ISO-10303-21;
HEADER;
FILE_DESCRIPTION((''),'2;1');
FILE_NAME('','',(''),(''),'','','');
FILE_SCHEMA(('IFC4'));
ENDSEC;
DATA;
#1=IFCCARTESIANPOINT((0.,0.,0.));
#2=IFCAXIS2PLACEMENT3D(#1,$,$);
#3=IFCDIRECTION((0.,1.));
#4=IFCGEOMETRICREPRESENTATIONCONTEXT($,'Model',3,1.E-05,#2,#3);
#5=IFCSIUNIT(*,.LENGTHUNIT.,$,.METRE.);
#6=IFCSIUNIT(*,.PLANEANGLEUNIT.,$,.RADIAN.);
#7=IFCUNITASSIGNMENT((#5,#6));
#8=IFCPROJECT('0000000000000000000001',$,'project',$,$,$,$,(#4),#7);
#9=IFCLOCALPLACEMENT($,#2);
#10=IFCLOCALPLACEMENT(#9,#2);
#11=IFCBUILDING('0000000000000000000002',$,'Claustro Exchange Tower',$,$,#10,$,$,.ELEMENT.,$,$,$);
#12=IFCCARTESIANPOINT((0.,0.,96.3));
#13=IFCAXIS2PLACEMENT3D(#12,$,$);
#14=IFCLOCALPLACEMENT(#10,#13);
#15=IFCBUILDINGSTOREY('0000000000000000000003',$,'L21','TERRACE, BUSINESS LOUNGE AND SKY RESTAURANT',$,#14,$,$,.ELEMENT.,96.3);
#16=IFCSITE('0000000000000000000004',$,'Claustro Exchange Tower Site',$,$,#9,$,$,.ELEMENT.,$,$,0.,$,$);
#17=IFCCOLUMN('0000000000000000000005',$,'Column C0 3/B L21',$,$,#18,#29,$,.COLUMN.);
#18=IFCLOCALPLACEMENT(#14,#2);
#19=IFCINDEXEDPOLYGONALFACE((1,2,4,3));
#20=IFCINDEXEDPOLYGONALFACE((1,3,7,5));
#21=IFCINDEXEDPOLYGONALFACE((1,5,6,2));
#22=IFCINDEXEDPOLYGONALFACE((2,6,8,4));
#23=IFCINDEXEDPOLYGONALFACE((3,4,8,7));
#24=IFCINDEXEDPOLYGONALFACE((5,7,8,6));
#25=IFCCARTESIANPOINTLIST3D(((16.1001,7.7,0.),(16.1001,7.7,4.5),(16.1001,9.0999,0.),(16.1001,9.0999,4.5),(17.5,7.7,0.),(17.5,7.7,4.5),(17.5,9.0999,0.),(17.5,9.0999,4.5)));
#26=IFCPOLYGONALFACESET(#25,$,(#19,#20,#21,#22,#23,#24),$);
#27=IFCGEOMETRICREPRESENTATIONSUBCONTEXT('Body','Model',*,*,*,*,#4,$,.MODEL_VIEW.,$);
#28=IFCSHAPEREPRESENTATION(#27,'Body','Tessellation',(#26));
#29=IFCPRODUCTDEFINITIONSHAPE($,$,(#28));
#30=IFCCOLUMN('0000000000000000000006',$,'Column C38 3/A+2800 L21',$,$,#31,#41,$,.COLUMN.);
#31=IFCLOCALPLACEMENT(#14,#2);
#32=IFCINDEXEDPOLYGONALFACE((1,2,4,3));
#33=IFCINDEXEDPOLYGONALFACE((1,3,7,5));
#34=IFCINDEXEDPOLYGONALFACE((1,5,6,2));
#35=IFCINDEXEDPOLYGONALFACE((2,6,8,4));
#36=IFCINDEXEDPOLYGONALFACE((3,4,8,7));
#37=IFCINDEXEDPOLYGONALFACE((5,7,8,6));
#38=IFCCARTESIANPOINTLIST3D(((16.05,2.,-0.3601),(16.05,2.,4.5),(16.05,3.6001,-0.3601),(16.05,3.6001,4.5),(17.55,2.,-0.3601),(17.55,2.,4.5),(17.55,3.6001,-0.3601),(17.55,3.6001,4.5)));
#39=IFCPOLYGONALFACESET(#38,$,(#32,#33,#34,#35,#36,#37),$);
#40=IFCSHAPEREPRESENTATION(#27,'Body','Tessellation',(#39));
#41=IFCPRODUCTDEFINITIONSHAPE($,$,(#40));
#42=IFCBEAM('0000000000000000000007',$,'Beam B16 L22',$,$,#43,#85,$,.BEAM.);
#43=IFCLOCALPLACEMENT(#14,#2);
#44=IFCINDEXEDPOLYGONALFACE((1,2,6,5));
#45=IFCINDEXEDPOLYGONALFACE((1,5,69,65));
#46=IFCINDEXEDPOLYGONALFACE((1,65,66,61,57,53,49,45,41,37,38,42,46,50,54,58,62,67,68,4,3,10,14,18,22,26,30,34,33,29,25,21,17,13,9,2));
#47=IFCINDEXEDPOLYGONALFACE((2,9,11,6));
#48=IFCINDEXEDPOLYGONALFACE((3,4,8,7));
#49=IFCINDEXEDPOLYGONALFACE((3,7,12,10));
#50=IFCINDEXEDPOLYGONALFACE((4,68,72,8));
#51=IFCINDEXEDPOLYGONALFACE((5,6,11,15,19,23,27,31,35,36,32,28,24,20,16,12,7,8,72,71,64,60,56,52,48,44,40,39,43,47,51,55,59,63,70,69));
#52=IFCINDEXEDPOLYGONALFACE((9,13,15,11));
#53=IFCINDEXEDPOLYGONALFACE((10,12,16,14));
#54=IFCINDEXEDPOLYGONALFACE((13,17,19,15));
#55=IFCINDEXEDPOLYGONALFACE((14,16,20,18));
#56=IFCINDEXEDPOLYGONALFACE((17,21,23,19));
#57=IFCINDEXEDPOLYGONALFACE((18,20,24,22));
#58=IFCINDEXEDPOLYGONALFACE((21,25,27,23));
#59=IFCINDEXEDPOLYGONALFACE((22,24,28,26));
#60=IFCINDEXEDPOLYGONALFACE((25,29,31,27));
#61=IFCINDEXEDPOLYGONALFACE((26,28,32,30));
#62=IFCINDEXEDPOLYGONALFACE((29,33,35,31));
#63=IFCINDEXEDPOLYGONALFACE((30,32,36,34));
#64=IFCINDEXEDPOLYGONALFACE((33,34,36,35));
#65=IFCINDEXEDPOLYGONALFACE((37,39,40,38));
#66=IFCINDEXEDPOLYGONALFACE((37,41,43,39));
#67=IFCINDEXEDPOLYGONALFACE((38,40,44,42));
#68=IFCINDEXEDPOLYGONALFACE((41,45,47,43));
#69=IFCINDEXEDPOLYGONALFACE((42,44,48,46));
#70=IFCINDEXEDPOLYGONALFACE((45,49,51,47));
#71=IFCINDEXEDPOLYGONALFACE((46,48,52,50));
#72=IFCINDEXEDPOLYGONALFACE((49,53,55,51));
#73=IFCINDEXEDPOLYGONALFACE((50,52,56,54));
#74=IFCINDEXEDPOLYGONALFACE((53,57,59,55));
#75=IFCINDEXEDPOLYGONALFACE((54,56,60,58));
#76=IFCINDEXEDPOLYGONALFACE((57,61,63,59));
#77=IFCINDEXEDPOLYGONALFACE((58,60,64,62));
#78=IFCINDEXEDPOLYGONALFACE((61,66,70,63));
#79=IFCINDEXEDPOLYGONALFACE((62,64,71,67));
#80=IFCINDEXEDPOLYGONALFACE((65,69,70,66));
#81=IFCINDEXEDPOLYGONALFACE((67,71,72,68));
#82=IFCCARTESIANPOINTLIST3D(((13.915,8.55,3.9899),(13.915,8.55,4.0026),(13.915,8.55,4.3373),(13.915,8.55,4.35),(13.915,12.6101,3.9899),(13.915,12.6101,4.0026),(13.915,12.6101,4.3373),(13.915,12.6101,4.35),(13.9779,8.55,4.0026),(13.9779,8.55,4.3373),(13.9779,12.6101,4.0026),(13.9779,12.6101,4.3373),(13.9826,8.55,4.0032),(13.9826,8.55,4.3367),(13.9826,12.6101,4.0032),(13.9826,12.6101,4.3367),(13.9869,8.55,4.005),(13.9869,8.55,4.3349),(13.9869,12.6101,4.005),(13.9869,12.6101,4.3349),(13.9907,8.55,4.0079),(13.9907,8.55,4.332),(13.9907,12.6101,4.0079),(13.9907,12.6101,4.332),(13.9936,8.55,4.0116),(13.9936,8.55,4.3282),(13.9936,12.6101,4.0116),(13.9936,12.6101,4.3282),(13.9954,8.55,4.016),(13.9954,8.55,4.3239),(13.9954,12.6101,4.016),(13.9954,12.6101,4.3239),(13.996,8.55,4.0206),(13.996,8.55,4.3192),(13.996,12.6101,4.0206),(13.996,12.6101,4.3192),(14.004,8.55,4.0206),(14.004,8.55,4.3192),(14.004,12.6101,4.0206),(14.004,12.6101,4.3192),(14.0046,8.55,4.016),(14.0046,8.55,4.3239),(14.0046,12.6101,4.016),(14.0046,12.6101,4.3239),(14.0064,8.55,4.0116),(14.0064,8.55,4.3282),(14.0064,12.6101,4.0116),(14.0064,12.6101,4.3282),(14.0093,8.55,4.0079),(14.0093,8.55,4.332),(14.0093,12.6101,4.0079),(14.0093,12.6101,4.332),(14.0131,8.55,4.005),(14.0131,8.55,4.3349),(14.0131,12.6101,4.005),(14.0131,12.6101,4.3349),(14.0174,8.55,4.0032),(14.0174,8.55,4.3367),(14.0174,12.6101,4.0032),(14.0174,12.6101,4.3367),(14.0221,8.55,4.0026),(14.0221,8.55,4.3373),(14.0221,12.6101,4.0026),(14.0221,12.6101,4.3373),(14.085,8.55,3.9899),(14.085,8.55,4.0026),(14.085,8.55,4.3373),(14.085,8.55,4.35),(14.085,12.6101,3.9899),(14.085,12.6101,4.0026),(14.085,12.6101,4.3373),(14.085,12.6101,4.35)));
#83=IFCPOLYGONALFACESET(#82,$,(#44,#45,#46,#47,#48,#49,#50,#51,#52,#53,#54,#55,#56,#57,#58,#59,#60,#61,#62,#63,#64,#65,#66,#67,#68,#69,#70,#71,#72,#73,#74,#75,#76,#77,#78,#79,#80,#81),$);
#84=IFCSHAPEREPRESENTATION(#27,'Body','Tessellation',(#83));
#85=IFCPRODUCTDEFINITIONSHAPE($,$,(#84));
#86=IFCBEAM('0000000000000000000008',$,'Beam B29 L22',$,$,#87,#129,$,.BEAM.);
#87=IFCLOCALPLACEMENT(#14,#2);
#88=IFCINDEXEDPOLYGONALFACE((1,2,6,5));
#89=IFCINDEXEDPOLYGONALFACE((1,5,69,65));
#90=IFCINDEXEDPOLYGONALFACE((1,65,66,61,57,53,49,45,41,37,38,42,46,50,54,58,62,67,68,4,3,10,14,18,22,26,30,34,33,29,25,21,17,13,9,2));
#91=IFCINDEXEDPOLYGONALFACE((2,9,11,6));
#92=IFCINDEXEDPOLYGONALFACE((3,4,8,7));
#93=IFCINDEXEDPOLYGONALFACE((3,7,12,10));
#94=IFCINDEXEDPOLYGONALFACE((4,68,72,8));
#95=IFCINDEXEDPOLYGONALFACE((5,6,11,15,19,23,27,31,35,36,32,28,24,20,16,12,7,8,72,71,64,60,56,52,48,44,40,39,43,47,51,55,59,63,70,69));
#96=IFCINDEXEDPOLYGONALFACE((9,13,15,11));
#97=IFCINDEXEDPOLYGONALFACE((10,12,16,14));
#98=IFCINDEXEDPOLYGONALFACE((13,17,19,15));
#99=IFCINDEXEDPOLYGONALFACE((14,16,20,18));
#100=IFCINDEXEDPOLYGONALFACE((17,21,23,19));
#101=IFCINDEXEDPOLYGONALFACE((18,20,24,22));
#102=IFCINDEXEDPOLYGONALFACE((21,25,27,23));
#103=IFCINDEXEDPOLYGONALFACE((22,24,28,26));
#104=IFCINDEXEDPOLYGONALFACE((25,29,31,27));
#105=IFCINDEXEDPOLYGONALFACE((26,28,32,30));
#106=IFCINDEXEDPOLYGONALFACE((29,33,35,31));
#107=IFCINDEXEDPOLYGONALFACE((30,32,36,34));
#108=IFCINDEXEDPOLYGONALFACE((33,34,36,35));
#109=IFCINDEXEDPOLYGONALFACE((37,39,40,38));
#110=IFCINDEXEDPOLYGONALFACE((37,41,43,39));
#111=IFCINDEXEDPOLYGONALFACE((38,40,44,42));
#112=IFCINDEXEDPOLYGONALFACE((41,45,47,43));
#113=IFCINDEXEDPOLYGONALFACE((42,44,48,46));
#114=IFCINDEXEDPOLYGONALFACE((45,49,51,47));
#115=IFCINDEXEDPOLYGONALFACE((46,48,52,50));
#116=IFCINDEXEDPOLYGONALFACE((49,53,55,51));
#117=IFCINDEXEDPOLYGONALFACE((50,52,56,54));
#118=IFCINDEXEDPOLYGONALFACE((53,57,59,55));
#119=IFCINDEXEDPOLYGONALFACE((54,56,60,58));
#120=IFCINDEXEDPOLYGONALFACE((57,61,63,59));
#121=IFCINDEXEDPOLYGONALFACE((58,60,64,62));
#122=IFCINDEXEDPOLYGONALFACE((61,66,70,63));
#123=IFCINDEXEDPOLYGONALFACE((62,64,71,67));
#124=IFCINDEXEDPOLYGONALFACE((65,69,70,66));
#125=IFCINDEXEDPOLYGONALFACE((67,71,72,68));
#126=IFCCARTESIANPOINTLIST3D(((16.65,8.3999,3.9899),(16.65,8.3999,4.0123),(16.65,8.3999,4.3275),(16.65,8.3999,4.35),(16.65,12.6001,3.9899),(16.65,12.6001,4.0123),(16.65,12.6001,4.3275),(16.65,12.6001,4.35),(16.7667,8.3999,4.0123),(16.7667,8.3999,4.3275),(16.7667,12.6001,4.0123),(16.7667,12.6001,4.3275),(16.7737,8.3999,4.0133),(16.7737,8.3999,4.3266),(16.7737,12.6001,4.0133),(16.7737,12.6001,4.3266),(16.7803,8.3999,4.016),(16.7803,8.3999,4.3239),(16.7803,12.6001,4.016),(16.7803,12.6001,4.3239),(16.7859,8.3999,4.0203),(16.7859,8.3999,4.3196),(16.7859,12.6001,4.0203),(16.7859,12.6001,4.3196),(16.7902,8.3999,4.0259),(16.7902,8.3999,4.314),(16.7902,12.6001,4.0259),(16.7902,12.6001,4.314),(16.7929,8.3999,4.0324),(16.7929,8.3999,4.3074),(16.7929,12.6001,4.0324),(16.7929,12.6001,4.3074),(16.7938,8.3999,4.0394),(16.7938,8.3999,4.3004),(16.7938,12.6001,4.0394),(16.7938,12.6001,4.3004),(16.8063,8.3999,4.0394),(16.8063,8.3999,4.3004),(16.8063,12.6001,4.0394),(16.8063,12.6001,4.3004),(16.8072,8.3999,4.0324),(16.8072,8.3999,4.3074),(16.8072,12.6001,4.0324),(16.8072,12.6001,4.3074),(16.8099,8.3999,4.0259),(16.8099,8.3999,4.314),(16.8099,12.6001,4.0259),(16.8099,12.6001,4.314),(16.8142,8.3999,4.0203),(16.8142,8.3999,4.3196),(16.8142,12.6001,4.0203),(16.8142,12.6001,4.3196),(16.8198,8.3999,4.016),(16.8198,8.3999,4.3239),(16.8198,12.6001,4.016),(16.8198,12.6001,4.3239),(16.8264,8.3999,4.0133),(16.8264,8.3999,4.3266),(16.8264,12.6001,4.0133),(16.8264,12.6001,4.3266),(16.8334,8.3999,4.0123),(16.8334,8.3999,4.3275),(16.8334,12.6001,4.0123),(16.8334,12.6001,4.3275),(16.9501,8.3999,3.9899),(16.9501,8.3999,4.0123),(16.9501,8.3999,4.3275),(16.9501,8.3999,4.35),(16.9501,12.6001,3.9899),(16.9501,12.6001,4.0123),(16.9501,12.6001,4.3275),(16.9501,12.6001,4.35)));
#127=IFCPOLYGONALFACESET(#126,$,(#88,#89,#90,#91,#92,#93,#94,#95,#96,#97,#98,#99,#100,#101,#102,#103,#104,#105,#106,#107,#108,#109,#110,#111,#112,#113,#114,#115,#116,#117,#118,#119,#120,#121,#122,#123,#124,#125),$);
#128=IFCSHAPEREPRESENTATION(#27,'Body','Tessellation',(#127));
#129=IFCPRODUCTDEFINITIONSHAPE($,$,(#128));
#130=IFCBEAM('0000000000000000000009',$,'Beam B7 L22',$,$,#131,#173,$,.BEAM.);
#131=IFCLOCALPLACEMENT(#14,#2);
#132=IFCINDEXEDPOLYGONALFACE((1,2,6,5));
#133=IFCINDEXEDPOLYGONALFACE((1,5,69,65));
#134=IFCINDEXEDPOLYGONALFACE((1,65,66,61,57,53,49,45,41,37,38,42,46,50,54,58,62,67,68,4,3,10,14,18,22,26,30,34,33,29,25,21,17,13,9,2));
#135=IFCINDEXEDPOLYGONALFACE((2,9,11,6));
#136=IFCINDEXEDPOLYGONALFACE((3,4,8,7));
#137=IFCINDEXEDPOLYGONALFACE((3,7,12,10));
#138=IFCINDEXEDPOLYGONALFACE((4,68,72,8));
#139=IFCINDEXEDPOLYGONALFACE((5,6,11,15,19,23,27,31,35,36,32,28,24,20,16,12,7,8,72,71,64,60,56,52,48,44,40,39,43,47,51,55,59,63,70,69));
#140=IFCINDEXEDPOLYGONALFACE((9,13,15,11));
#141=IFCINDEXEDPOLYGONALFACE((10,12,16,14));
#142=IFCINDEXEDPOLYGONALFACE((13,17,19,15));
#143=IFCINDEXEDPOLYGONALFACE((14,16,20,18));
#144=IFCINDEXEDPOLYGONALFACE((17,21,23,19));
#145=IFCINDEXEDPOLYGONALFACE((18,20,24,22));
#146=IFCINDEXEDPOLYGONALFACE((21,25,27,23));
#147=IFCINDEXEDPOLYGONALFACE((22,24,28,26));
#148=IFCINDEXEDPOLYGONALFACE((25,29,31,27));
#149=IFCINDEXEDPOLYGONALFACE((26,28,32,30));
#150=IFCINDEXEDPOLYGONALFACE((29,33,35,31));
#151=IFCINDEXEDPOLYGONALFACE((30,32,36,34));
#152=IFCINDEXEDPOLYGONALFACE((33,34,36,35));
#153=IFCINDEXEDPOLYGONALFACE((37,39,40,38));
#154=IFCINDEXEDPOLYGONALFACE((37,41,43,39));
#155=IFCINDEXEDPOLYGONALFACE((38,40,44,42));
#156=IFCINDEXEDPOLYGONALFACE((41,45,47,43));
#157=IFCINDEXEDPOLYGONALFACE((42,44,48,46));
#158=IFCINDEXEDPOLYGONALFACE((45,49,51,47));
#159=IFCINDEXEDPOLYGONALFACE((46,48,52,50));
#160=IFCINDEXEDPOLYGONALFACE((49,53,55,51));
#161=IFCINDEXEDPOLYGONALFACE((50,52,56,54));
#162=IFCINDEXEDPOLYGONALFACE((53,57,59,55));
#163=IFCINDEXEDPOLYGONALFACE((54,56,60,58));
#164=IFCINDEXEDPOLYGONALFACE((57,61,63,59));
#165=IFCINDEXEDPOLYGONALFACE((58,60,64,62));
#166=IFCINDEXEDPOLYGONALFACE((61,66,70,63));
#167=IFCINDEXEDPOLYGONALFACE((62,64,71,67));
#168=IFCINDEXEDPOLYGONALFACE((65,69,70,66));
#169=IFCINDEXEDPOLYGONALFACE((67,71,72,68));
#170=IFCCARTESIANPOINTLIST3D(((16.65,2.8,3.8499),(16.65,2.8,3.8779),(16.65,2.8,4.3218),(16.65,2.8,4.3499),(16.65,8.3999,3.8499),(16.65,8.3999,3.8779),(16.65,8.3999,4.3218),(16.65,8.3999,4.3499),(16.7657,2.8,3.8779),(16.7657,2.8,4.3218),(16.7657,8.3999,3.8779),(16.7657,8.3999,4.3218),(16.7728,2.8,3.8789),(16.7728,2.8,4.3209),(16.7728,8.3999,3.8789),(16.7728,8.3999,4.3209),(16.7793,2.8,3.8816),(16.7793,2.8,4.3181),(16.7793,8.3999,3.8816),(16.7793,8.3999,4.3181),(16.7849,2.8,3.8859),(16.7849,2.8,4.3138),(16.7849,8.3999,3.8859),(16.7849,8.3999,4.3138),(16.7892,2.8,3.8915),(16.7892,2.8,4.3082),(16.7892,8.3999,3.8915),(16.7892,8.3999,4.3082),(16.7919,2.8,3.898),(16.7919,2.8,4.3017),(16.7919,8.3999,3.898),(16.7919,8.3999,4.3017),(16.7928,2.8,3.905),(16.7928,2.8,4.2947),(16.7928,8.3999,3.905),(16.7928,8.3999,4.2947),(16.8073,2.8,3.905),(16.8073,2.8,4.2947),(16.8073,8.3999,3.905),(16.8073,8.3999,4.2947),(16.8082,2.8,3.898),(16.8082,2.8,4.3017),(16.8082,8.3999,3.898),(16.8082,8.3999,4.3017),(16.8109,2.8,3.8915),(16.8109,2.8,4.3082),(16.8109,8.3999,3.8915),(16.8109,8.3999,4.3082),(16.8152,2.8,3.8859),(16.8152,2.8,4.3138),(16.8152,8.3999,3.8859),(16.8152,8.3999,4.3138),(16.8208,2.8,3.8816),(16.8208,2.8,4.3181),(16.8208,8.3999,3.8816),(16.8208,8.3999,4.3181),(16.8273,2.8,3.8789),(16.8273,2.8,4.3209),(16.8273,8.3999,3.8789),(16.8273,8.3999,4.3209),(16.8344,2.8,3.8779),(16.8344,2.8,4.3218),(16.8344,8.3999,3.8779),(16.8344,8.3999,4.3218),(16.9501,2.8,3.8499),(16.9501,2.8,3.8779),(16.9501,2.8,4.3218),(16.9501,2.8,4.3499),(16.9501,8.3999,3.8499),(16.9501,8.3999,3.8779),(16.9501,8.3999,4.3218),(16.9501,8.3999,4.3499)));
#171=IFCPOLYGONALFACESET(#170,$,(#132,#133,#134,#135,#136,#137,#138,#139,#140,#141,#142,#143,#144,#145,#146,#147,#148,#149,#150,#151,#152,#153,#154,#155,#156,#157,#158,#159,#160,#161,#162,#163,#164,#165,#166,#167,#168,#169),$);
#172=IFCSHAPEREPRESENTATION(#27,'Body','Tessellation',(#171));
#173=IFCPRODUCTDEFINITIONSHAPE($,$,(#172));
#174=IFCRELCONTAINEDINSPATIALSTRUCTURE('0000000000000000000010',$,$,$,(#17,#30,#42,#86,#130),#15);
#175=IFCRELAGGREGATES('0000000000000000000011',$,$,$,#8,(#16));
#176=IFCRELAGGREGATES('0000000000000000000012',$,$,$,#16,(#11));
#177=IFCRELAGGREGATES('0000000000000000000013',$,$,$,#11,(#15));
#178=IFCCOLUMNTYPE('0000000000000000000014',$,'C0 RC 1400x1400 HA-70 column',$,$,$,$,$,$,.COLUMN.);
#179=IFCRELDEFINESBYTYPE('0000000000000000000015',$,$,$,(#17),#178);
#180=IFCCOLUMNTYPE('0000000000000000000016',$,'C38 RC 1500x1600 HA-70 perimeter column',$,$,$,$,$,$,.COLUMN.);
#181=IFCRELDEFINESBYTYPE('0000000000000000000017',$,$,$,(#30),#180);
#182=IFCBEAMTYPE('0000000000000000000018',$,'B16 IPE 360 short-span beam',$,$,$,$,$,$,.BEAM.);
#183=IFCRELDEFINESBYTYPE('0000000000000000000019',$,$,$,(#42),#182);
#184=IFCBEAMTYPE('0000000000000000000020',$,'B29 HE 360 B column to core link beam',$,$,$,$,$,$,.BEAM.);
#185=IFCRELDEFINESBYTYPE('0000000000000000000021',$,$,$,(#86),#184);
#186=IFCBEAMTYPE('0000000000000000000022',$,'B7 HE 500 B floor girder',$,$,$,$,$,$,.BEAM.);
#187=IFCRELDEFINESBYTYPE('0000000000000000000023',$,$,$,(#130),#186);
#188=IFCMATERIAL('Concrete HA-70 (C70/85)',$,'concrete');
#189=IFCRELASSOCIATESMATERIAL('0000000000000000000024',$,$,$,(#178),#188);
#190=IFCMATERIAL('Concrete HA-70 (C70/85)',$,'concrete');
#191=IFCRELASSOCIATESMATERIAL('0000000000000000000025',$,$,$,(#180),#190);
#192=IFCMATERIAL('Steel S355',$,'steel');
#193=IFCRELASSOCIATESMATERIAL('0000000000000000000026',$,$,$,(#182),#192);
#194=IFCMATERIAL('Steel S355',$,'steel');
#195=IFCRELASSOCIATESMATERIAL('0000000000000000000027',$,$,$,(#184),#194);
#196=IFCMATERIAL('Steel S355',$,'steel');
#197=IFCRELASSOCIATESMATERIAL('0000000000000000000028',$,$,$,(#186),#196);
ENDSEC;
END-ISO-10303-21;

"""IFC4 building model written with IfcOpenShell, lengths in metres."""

from ifc_helpers import new_model, si_unit, direction, frame, origin, origin_2d, place, context, subcontext, project, spatial, rectangle, i_section, extrude, material, material_profile, profile_set, type_object, element, save


model = new_model("IFC4")

# Units and contexts
model_context = context("Model", 3, precision=1e-05, world=origin(), true_north=direction((0.0, 1.0)))
body_context = subcontext(model_context, "Body", "Model", "MODEL_VIEW")
ifc_project = project(units=[si_unit("LENGTHUNIT", "METRE"), si_unit("PLANEANGLEUNIT", "RADIAN")], contexts=[model_context])

# Site, building, storey
site_placement = place(None, origin())
site = spatial("IfcSite", under=ifc_project, at=site_placement, Name="Claustro Exchange Tower Site", CompositionType="ELEMENT", RefElevation=0.0)
building_placement = place(site_placement, origin())
building = spatial("IfcBuilding", under=site, at=building_placement, Name="Claustro Exchange Tower", CompositionType="ELEMENT")
storey_placement = place(building_placement, frame((0.0, 0.0, 96.3)))
storey = spatial("IfcBuildingStorey", under=building, at=storey_placement, Name="L21", Description="TERRACE, BUSINESS LOUNGE AND SKY RESTAURANT", CompositionType="ELEMENT", Elevation=96.3)

# Columns
ifc_material_1 = material(Name="Concrete HA-70 (C70/85)", Category="concrete")
ifc_material_profile_1 = material_profile(ifc_material_1, rectangle(XDim=1.3999, YDim=1.3999, at=origin_2d()), Name="RC 1400x1400")
ifc_profile_set_1 = profile_set([ifc_material_profile_1], Name="Concrete HA-70 (C70/85)")
column_type_1 = type_object("IfcColumnType", Name="C0 RC 1400x1400 HA-70 column", PredefinedType="COLUMN", material=ifc_profile_set_1)
column_1_placement = place(storey_placement, frame((16.8, 8.3999, 0.0), z_axis=(0.0, 0.0, 1.0), x_axis=(1.0, 0.0, 0.0)))
element("IfcColumn", 1, at=column_1_placement, inside=storey, type_object=column_type_1, Name="Column C0 3/B L21", PredefinedType="COLUMN", context=body_context, shape_type="SweptSolid", body=[
    extrude(rectangle(XDim=1.3999, YDim=1.3999, at=origin_2d()), origin(), (0.0, 0.0, 1.0), 4.5),
])
ifc_material_2 = material(Name="Concrete HA-70 (C70/85)", Category="concrete")
ifc_material_profile_2 = material_profile(ifc_material_2, rectangle(XDim=1.5, YDim=1.6001, at=origin_2d()), Name="RC 1500x1600")
ifc_profile_set_2 = profile_set([ifc_material_profile_2], Name="Concrete HA-70 (C70/85)")
column_type_2 = type_object("IfcColumnType", Name="C38 RC 1500x1600 HA-70 perimeter column", PredefinedType="COLUMN", material=ifc_profile_set_2)
column_2_placement = place(storey_placement, frame((16.8, 2.8, -0.3601), z_axis=(0.0, 0.0, 1.0), x_axis=(1.0, 0.0, 0.0)))
element("IfcColumn", 2, at=column_2_placement, inside=storey, type_object=column_type_2, Name="Column C38 3/A+2800 L21", PredefinedType="COLUMN", context=body_context, shape_type="SweptSolid", body=[
    extrude(rectangle(XDim=1.5, YDim=1.6001, at=origin_2d()), origin(), (0.0, 0.0, 1.0), 4.8601),
])

# Beams
ifc_material_3 = material(Name="Steel S355", Category="steel")
ifc_material_profile_3 = material_profile(ifc_material_3, i_section(OverallWidth=0.1699, OverallDepth=0.3601, WebThickness=0.0081, FlangeThickness=0.0127, FilletRadius=0.0181, at=origin_2d()), Name="IPE 360")
ifc_profile_set_3 = profile_set([ifc_material_profile_3], Name="Steel S355")
beam_type_1 = type_object("IfcBeamType", Name="B16 IPE 360 short-span beam", PredefinedType="BEAM", material=ifc_profile_set_3)
beam_1_placement = place(storey_placement, frame((14.0, 8.55, 4.1699), z_axis=(0.0, 1.0, 0.0), x_axis=(-1.0, 0.0, 0.0)))
element("IfcBeam", 3, at=beam_1_placement, inside=storey, type_object=beam_type_1, Name="Beam B16 L22", PredefinedType="BEAM", context=body_context, shape_type="SweptSolid", body=[
    extrude(i_section(OverallWidth=0.1699, OverallDepth=0.3601, WebThickness=0.0081, FlangeThickness=0.0127, FilletRadius=0.0181, at=origin_2d()), origin(), (0.0, 0.0, 1.0), 4.0601),
])
ifc_material_4 = material(Name="Steel S355", Category="steel")
ifc_material_profile_4 = material_profile(ifc_material_4, i_section(OverallWidth=0.3, OverallDepth=0.3601, WebThickness=0.0125, FlangeThickness=0.0225, FilletRadius=0.0271, at=origin_2d()), Name="HE 360 B")
ifc_profile_set_4 = profile_set([ifc_material_profile_4], Name="Steel S355")
beam_type_2 = type_object("IfcBeamType", Name="B29 HE 360 B column to core link beam", PredefinedType="BEAM", material=ifc_profile_set_4)
beam_2_placement = place(storey_placement, frame((16.8, 8.3999, 4.1699), z_axis=(0.0, 1.0, 0.0), x_axis=(-1.0, 0.0, 0.0)))
element("IfcBeam", 4, at=beam_2_placement, inside=storey, type_object=beam_type_2, Name="Beam B29 L22", PredefinedType="BEAM", context=body_context, shape_type="SweptSolid", body=[
    extrude(i_section(OverallWidth=0.3, OverallDepth=0.3601, WebThickness=0.0125, FlangeThickness=0.0225, FilletRadius=0.0271, at=origin_2d()), origin(), (0.0, 0.0, 1.0), 4.2002),
])
ifc_material_5 = material(Name="Steel S355", Category="steel")
ifc_material_profile_5 = material_profile(ifc_material_5, i_section(OverallWidth=0.3, OverallDepth=0.5, WebThickness=0.0144, FlangeThickness=0.0281, FilletRadius=0.0271, at=origin_2d()), Name="HE 500 B")
ifc_profile_set_5 = profile_set([ifc_material_profile_5], Name="Steel S355")
beam_type_3 = type_object("IfcBeamType", Name="B7 HE 500 B floor girder", PredefinedType="BEAM", material=ifc_profile_set_5)
beam_3_placement = place(storey_placement, frame((16.8, 2.8, 4.0999), z_axis=(0.0, 1.0, 0.0), x_axis=(-1.0, 0.0, 0.0)))
element("IfcBeam", 5, at=beam_3_placement, inside=storey, type_object=beam_type_3, Name="Beam B7 L22", PredefinedType="BEAM", context=body_context, shape_type="SweptSolid", body=[
    extrude(i_section(OverallWidth=0.3, OverallDepth=0.5, WebThickness=0.0144, FlangeThickness=0.0281, FilletRadius=0.0271, at=origin_2d()), origin(), (0.0, 0.0, 1.0), 5.5999),
])

save(model, "model.ifc")
